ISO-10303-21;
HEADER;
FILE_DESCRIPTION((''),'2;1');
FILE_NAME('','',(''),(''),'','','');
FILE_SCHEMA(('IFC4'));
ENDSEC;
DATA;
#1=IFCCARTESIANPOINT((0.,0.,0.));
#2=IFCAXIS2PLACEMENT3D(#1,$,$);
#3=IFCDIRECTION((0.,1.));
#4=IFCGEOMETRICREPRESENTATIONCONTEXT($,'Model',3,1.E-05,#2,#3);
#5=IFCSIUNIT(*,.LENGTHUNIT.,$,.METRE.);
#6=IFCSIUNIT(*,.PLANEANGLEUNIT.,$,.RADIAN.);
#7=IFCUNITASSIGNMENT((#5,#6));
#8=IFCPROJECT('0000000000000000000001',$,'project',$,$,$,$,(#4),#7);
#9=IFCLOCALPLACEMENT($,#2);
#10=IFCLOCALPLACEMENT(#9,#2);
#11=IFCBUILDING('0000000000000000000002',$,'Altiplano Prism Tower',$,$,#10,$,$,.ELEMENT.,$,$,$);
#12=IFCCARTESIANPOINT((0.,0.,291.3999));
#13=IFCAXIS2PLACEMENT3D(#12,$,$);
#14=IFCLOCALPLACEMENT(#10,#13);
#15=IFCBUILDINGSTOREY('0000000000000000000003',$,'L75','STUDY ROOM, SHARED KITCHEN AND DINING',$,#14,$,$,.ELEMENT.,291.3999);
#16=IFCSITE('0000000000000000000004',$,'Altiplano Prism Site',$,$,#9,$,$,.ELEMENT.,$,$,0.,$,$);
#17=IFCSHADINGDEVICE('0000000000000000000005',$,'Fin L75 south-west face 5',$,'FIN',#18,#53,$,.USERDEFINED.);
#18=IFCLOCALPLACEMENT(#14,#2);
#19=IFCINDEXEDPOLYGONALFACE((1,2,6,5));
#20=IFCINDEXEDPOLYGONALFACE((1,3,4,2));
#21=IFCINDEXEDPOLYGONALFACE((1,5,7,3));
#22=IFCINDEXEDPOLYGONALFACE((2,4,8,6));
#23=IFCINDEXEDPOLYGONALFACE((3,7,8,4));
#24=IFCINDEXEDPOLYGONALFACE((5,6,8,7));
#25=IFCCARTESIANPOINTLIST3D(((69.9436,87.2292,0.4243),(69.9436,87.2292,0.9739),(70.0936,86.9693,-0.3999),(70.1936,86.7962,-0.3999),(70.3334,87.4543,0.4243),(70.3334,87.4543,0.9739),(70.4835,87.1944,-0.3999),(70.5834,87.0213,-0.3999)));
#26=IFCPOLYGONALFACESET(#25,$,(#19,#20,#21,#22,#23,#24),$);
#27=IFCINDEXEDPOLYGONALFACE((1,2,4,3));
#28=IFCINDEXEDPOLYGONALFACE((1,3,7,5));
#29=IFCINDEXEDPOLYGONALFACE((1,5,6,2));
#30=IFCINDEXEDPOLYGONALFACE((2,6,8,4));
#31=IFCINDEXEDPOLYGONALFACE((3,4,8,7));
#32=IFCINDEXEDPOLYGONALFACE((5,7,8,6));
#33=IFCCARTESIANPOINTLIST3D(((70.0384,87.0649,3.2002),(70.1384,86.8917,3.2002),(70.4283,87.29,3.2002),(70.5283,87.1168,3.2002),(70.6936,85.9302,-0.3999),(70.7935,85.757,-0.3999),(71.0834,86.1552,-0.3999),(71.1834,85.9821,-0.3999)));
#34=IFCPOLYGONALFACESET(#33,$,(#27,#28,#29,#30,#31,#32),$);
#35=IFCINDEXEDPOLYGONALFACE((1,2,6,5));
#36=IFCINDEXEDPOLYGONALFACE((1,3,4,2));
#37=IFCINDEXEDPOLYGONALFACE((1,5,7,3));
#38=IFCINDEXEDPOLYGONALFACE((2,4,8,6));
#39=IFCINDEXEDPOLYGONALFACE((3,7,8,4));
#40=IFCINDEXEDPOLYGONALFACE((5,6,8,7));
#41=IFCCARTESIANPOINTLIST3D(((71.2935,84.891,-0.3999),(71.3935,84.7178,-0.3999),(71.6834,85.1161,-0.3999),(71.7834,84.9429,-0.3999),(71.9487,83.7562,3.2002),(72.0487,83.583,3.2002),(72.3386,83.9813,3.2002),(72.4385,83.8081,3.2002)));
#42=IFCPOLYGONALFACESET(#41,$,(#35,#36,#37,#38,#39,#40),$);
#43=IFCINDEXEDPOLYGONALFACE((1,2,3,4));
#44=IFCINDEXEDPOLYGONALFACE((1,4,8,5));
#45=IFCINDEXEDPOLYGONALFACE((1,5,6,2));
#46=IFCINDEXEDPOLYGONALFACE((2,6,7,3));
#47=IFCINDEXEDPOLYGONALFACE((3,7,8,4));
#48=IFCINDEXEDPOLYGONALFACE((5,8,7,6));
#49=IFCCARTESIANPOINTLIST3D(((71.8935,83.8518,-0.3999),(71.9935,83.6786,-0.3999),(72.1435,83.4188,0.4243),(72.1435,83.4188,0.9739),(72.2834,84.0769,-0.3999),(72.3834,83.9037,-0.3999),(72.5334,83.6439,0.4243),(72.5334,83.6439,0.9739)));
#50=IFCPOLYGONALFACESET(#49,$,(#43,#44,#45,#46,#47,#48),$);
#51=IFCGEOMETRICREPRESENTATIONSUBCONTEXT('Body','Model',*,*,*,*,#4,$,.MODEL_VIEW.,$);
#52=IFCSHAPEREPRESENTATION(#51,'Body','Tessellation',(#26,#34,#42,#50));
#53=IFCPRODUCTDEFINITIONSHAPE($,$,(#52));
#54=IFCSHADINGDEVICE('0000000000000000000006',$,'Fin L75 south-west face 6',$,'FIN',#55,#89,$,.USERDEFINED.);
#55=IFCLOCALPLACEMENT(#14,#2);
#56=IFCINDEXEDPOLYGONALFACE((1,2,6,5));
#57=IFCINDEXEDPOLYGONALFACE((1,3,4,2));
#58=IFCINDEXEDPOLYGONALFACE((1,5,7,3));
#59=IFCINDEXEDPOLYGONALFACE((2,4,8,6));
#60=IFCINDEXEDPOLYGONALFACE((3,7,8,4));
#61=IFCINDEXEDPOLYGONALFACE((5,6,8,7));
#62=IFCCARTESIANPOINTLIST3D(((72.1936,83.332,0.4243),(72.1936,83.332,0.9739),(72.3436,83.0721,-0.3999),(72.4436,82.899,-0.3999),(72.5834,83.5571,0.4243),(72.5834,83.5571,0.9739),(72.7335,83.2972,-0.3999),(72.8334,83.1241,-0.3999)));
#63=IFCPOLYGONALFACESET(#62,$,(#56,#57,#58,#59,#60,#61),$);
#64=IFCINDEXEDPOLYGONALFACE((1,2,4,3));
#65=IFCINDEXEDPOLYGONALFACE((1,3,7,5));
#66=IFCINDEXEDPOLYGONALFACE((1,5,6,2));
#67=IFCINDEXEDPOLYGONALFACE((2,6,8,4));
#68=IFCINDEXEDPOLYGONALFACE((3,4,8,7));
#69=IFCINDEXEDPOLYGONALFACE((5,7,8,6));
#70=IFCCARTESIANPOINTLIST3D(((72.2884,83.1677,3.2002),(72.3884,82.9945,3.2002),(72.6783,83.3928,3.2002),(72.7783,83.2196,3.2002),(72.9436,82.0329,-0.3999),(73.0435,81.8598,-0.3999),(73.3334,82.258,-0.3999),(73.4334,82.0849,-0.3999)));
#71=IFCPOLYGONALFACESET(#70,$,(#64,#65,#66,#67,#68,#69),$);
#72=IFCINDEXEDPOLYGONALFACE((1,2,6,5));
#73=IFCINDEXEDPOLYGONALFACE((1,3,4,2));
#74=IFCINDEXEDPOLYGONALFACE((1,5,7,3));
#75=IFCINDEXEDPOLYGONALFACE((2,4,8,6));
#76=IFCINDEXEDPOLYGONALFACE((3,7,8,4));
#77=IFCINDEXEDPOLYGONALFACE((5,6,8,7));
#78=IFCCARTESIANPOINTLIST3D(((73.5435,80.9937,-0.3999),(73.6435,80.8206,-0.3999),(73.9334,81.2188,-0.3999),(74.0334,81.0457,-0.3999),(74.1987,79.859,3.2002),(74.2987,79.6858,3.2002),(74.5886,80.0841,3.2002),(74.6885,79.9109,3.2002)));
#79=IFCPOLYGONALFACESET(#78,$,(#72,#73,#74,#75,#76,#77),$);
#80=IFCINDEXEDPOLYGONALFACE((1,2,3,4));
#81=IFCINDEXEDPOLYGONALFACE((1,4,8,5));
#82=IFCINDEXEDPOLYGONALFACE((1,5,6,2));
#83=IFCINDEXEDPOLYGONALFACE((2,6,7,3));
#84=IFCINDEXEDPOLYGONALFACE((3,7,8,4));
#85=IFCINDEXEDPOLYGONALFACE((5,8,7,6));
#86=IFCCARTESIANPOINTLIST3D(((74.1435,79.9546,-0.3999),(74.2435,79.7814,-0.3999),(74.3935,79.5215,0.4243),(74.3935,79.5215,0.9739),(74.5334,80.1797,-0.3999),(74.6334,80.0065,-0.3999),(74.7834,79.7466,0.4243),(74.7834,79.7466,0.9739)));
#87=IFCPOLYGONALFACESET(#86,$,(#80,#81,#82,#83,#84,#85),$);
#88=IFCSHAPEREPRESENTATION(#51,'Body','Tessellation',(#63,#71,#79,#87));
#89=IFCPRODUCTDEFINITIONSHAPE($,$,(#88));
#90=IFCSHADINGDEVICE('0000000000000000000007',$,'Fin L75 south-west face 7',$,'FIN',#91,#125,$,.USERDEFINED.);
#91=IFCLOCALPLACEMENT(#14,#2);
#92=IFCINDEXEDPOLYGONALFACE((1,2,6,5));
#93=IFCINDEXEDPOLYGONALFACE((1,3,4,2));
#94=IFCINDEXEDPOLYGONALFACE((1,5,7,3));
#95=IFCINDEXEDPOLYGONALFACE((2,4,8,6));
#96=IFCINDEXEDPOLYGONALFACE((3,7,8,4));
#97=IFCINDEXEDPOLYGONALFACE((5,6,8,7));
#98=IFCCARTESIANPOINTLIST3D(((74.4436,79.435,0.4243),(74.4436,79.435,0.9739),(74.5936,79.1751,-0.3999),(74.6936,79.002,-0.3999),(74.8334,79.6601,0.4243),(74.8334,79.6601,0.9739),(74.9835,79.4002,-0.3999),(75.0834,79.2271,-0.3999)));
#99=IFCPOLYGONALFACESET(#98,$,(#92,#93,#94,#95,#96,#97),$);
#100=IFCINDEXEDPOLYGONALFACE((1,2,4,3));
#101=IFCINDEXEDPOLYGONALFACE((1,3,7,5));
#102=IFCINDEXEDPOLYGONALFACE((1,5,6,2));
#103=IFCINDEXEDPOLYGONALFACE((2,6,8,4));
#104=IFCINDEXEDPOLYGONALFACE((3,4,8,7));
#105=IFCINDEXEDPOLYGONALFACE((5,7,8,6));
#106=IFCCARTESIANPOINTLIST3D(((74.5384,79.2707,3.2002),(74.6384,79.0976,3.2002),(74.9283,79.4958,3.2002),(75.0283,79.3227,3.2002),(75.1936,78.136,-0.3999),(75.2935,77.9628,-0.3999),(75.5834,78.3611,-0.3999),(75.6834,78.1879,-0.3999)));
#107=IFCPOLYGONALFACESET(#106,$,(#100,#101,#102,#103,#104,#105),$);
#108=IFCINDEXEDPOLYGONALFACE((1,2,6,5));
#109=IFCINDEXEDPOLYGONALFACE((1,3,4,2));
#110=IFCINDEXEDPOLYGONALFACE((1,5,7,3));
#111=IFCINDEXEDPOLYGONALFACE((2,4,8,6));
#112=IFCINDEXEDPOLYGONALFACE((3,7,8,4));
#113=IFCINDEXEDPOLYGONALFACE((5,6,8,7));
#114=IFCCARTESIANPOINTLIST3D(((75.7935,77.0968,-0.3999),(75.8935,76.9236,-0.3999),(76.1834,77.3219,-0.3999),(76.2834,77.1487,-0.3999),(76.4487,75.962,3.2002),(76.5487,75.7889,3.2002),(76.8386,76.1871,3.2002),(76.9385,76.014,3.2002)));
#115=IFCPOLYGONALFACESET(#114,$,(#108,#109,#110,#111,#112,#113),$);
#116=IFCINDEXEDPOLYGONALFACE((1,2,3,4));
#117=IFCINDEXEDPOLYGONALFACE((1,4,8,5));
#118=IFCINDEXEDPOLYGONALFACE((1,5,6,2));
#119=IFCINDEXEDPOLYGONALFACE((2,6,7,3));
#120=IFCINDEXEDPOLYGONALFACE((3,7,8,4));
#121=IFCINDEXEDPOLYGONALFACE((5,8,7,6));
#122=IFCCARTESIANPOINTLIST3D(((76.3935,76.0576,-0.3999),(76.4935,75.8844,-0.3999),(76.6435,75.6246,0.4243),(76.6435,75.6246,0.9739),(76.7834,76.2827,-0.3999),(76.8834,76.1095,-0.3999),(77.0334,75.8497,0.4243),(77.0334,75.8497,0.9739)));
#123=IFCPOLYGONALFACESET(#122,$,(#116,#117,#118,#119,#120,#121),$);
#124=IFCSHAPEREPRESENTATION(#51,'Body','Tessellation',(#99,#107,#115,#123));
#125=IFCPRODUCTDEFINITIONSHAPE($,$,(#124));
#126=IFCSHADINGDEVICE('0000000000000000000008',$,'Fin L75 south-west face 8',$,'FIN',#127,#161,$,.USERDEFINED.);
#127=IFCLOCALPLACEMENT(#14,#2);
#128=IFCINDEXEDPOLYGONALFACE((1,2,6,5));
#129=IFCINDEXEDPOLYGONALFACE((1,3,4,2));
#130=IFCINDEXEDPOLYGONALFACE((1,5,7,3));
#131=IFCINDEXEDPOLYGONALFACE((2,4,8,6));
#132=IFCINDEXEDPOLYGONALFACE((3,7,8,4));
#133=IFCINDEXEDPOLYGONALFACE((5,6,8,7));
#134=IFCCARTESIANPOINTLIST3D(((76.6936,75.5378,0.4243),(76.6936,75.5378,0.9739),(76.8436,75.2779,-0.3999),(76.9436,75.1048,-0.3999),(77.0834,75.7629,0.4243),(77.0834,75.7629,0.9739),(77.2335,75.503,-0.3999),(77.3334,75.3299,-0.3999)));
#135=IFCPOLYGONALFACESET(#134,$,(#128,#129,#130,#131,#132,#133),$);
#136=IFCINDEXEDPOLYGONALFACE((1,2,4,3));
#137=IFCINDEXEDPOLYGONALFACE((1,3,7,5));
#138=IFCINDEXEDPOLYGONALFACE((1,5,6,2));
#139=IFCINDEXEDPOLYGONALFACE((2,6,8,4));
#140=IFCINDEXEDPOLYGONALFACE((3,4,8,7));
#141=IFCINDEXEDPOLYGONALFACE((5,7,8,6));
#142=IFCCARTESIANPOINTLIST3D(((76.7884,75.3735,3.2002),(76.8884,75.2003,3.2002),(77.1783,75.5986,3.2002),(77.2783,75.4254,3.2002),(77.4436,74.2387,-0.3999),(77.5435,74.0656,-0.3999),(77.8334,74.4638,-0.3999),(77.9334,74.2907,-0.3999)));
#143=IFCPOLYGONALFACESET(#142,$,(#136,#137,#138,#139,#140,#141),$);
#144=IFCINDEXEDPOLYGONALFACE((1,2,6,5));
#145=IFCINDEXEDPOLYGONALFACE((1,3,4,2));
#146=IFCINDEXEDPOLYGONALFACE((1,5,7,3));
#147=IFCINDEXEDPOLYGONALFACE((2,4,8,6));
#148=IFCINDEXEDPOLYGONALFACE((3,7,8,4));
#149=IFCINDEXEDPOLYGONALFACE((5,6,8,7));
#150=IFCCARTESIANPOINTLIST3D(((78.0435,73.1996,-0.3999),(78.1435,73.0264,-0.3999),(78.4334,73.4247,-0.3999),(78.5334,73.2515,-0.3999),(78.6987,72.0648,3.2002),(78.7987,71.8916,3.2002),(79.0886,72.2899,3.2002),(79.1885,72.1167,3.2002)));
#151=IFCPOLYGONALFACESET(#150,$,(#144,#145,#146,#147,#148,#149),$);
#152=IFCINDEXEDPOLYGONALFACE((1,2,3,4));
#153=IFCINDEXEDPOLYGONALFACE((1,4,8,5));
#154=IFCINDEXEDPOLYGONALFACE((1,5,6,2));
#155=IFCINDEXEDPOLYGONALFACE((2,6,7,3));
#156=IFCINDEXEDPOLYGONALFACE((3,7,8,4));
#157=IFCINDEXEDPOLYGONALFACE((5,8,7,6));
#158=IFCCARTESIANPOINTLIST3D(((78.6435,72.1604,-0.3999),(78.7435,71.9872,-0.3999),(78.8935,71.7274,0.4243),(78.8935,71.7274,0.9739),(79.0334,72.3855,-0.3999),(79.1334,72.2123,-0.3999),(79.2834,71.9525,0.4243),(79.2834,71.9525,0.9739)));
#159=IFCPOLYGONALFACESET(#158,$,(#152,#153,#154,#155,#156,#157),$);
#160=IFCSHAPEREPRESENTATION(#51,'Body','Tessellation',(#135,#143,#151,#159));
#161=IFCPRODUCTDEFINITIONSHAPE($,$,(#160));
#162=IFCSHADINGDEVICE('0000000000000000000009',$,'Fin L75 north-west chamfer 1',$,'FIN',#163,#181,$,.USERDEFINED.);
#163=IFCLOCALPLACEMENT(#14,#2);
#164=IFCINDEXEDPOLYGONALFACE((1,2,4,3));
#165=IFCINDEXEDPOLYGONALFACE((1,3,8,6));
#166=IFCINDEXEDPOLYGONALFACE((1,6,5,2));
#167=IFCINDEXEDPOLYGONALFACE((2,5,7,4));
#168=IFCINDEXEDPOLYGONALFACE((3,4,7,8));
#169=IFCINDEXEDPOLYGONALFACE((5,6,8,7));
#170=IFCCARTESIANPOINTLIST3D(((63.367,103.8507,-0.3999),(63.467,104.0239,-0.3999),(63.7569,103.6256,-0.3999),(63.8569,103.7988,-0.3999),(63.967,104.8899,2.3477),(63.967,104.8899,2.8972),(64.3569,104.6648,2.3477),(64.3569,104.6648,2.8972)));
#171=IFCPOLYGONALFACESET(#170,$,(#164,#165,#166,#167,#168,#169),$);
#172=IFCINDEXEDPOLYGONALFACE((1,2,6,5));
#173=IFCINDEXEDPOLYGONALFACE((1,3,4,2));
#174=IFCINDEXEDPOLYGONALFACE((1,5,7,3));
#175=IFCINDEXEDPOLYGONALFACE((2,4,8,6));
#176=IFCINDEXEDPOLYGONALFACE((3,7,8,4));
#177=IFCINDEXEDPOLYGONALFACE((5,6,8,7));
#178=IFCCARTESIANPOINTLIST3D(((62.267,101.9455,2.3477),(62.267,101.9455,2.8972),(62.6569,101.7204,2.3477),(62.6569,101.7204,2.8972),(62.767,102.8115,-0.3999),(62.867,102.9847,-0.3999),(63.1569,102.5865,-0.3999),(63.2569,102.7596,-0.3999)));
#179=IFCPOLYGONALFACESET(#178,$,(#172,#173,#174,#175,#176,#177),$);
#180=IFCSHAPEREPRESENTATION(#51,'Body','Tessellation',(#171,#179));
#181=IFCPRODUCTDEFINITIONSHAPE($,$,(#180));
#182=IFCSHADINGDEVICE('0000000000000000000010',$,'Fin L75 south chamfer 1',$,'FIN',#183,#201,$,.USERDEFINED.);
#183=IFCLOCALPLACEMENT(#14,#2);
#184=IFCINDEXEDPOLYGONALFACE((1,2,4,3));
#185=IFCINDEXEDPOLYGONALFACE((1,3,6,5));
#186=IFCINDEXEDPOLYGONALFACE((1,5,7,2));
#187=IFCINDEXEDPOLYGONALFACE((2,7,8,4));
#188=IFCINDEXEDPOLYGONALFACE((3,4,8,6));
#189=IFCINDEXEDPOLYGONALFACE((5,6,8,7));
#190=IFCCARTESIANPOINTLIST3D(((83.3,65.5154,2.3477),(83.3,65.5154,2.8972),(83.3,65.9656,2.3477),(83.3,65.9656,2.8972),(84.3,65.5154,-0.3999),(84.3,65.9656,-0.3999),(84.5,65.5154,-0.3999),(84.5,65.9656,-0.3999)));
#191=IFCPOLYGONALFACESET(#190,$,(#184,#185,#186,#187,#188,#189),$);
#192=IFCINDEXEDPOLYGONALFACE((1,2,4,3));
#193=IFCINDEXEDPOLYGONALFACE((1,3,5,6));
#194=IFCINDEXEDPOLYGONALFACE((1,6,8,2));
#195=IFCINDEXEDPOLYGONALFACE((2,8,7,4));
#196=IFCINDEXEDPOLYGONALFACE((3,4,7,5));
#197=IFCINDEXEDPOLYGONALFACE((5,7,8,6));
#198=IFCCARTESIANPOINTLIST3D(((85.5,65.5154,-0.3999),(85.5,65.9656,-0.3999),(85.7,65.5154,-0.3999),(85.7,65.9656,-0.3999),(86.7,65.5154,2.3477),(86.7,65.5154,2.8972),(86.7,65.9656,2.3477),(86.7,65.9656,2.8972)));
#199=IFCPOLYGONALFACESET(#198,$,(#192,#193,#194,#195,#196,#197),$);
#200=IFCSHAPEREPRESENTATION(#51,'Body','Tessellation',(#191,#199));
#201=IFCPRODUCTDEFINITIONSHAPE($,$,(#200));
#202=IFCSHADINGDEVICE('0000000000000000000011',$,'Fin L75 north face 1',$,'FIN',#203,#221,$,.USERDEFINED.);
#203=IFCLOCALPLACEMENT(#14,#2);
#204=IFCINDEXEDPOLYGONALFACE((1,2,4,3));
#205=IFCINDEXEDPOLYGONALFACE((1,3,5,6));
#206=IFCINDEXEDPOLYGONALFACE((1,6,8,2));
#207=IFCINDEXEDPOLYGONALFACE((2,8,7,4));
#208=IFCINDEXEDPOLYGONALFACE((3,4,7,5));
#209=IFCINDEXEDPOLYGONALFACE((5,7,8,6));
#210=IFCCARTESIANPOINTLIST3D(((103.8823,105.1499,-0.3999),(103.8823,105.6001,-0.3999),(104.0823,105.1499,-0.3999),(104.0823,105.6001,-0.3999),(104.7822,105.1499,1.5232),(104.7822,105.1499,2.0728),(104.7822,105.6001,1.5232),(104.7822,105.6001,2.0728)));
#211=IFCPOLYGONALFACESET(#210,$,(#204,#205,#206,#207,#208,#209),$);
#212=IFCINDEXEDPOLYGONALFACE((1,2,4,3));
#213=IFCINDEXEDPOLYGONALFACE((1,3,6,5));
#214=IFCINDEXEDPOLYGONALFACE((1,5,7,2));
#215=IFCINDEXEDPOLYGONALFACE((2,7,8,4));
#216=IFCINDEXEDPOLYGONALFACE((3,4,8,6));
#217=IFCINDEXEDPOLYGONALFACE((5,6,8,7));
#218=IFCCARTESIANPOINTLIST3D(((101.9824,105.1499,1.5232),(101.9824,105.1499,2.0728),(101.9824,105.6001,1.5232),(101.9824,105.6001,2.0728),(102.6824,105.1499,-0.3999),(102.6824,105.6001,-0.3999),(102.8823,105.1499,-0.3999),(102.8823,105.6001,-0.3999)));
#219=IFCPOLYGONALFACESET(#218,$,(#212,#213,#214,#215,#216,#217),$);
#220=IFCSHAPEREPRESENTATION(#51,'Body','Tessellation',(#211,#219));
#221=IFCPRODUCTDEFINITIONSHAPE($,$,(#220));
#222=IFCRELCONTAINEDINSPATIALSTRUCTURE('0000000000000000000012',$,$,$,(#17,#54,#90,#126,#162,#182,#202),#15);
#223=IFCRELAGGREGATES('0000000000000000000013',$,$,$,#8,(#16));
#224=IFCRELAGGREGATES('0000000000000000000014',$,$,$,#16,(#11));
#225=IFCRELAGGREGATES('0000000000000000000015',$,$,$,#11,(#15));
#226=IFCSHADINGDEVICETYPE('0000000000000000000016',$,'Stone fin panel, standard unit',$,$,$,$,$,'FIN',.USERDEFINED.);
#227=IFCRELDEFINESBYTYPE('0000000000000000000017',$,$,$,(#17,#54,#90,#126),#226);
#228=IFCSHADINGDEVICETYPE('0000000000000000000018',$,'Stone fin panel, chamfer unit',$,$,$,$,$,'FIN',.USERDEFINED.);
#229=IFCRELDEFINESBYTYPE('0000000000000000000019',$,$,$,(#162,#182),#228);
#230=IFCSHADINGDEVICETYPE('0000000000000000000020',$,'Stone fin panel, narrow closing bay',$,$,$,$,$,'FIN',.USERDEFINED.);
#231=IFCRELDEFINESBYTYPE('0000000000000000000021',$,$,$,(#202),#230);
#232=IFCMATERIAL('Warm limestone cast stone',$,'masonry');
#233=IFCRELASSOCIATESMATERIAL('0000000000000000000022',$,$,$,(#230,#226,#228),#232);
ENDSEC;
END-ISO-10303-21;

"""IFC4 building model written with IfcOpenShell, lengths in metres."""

from ifc_helpers import new_model, si_unit, direction, frame, origin, place, context, subcontext, project, spatial, polyline, outline, extrude, source, transform, mapped, material, type_object, element, save


model = new_model("IFC4")

# Units and contexts
model_context = context("Model", 3, precision=1e-05, world=origin(), true_north=direction((0.0, 1.0)))
body_context = subcontext(model_context, "Body", "Model", "MODEL_VIEW")
ifc_project = project(units=[si_unit("LENGTHUNIT", "METRE"), si_unit("PLANEANGLEUNIT", "RADIAN")], contexts=[model_context])

# Site, building, storey
site_placement = place(None, origin())
site = spatial("IfcSite", under=ifc_project, at=site_placement, Name="Altiplano Prism Site", CompositionType="ELEMENT", RefElevation=0.0)
building_placement = place(site_placement, origin())
building = spatial("IfcBuilding", under=site, at=building_placement, Name="Altiplano Prism Tower", CompositionType="ELEMENT")
storey_placement = place(building_placement, frame((0.0, 0.0, 291.3999)))
storey = spatial("IfcBuildingStorey", under=building, at=storey_placement, Name="L75", Description="STUDY ROOM, SHARED KITCHEN AND DINING", CompositionType="ELEMENT", Elevation=291.3999)

# Shading devices
ifc_material_1 = material(Name="Warm limestone cast stone", Category="masonry")
shading_device_type_1 = type_object("IfcShadingDeviceType", Name="Stone fin panel, narrow closing bay", ElementType="FIN", PredefinedType="USERDEFINED", material=ifc_material_1)
shading_device_type_2 = type_object("IfcShadingDeviceType", Name="Stone fin panel, standard unit", ElementType="FIN", PredefinedType="USERDEFINED", material=ifc_material_1)
shared_shape_1 = source(origin(), body_context, "Body", "SweptSolid", [
    extrude(outline(polyline([(-2.2, 1.3738), (-2.2, 0.8242), (-1.8999, 0.0), (-1.7, 0.0), (-2.2, 1.3738)])), frame((0.0, -0.1499, 0.0), z_axis=(0.0, -1.0, 0.0), x_axis=(1.0, 0.0, 0.0)), (0.0, 0.0, 1.0), 0.4502),
    extrude(outline(polyline([(-2.0103, 3.6001), (-0.7, 0.0), (-0.5, 0.0), (-1.8103, 3.6001), (-2.0103, 3.6001)])), frame((0.0, -0.1499, 0.0), z_axis=(0.0, -1.0, 0.0), x_axis=(1.0, 0.0, 0.0)), (0.0, 0.0, 1.0), 0.4502),
    extrude(outline(polyline([(1.8103, 3.6001), (0.5, 0.0), (0.7, 0.0), (2.0103, 3.6001), (1.8103, 3.6001)])), frame((0.0, -0.1499, 0.0), z_axis=(0.0, -1.0, 0.0), x_axis=(1.0, 0.0, 0.0)), (0.0, 0.0, 1.0), 0.4502),
    extrude(outline(polyline([(2.2, 0.8242), (2.2, 1.3738), (1.7, 0.0), (1.8999, 0.0), (2.2, 0.8242)])), frame((0.0, -0.1499, 0.0), z_axis=(0.0, -1.0, 0.0), x_axis=(1.0, 0.0, 0.0)), (0.0, 0.0, 1.0), 0.4502),
])
shading_device_1_placement = place(storey_placement, origin())
element("IfcShadingDevice", 1, at=shading_device_1_placement, inside=storey, type_object=shading_device_type_2, Name="Fin L75 south-west face 5", ObjectType="FIN", PredefinedType="USERDEFINED", context=body_context, shape_type="MappedRepresentation", body=[
    mapped(shared_shape_1, transform((71.5632, 85.624, -0.3999), x_axis=(0.5, -0.866025, 0.0), y_axis=(0.866025, 0.5, 0.0), z_axis=(0.0, 0.0, 1.0))),
])
shading_device_2_placement = place(storey_placement, origin())
element("IfcShadingDevice", 2, at=shading_device_2_placement, inside=storey, type_object=shading_device_type_2, Name="Fin L75 south-west face 6", ObjectType="FIN", PredefinedType="USERDEFINED", context=body_context, shape_type="MappedRepresentation", body=[
    mapped(shared_shape_1, transform((73.8132, 81.7268, -0.3999), x_axis=(0.5, -0.866025, 0.0), y_axis=(0.866025, 0.5, 0.0), z_axis=(0.0, 0.0, 1.0))),
])
shading_device_3_placement = place(storey_placement, origin())
element("IfcShadingDevice", 3, at=shading_device_3_placement, inside=storey, type_object=shading_device_type_2, Name="Fin L75 south-west face 7", ObjectType="FIN", PredefinedType="USERDEFINED", context=body_context, shape_type="MappedRepresentation", body=[
    mapped(shared_shape_1, transform((76.0632, 77.8298, -0.3999), x_axis=(0.5, -0.866025, 0.0), y_axis=(0.866025, 0.5, 0.0), z_axis=(0.0, 0.0, 1.0))),
])
shading_device_4_placement = place(storey_placement, origin())
element("IfcShadingDevice", 4, at=shading_device_4_placement, inside=storey, type_object=shading_device_type_2, Name="Fin L75 south-west face 8", ObjectType="FIN", PredefinedType="USERDEFINED", context=body_context, shape_type="MappedRepresentation", body=[
    mapped(shared_shape_1, transform((78.3132, 73.9326, -0.3999), x_axis=(0.5, -0.866025, 0.0), y_axis=(0.866025, 0.5, 0.0), z_axis=(0.0, 0.0, 1.0))),
])
shading_device_type_3 = type_object("IfcShadingDeviceType", Name="Stone fin panel, chamfer unit", ElementType="FIN", PredefinedType="USERDEFINED", material=ifc_material_1)
shared_shape_2 = source(origin(), body_context, "Body", "SweptSolid", [
    extrude(outline(polyline([(-1.7, 3.2971), (-1.7, 2.7476), (-0.7, 0.0), (-0.5, 0.0), (-1.7, 3.2971)])), frame((0.0, -0.1499, 0.0), z_axis=(0.0, -1.0, 0.0), x_axis=(1.0, 0.0, 0.0)), (0.0, 0.0, 1.0), 0.4502),
    extrude(outline(polyline([(1.7, 2.7476), (1.7, 3.2971), (0.5, 0.0), (0.7, 0.0), (1.7, 2.7476)])), frame((0.0, -0.1499, 0.0), z_axis=(0.0, -1.0, 0.0), x_axis=(1.0, 0.0, 0.0)), (0.0, 0.0, 1.0), 0.4502),
])
shading_device_5_placement = place(storey_placement, origin())
element("IfcShadingDevice", 5, at=shading_device_5_placement, inside=storey, type_object=shading_device_type_3, Name="Fin L75 north-west chamfer 1", ObjectType="FIN", PredefinedType="USERDEFINED", context=body_context, shape_type="MappedRepresentation", body=[
    mapped(shared_shape_2, transform((63.6367, 103.1177, -0.3999), x_axis=(-0.5, -0.866025, 0.0), y_axis=(0.866025, -0.5, 0.0), z_axis=(0.0, 0.0, 1.0))),
])
shading_device_6_placement = place(storey_placement, origin())
element("IfcShadingDevice", 6, at=shading_device_6_placement, inside=storey, type_object=shading_device_type_3, Name="Fin L75 south chamfer 1", ObjectType="FIN", PredefinedType="USERDEFINED", context=body_context, shape_type="MappedRepresentation", body=[
    mapped(shared_shape_2, transform((85.0, 66.1155, -0.3999), x_axis=(1.0, 0.0, 0.0), y_axis=(0.0, 1.0, 0.0), z_axis=(0.0, 0.0, 1.0))),
])
shared_shape_3 = source(origin(), body_context, "Body", "SweptSolid", [
    extrude(outline(polyline([(-1.3999, 2.4727), (-1.3999, 1.9231), (-0.7, 0.0), (-0.5, 0.0), (-1.3999, 2.4727)])), frame((0.0, -0.1499, 0.0), z_axis=(0.0, -1.0, 0.0), x_axis=(1.0, 0.0, 0.0)), (0.0, 0.0, 1.0), 0.4502),
    extrude(outline(polyline([(1.3999, 1.9231), (1.3999, 2.4727), (0.5, 0.0), (0.7, 0.0), (1.3999, 1.9231)])), frame((0.0, -0.1499, 0.0), z_axis=(0.0, -1.0, 0.0), x_axis=(1.0, 0.0, 0.0)), (0.0, 0.0, 1.0), 0.4502),
])
shading_device_7_placement = place(storey_placement, origin())
element("IfcShadingDevice", 7, at=shading_device_7_placement, inside=storey, type_object=shading_device_type_1, Name="Fin L75 north face 1", ObjectType="FIN", PredefinedType="USERDEFINED", context=body_context, shape_type="MappedRepresentation", body=[
    mapped(shared_shape_3, transform((103.3823, 105.0, -0.3999), x_axis=(-1.0, 0.0, 0.0), y_axis=(0.0, -1.0, 0.0), z_axis=(0.0, 0.0, 1.0))),
])

save(model, "model.ifc")
